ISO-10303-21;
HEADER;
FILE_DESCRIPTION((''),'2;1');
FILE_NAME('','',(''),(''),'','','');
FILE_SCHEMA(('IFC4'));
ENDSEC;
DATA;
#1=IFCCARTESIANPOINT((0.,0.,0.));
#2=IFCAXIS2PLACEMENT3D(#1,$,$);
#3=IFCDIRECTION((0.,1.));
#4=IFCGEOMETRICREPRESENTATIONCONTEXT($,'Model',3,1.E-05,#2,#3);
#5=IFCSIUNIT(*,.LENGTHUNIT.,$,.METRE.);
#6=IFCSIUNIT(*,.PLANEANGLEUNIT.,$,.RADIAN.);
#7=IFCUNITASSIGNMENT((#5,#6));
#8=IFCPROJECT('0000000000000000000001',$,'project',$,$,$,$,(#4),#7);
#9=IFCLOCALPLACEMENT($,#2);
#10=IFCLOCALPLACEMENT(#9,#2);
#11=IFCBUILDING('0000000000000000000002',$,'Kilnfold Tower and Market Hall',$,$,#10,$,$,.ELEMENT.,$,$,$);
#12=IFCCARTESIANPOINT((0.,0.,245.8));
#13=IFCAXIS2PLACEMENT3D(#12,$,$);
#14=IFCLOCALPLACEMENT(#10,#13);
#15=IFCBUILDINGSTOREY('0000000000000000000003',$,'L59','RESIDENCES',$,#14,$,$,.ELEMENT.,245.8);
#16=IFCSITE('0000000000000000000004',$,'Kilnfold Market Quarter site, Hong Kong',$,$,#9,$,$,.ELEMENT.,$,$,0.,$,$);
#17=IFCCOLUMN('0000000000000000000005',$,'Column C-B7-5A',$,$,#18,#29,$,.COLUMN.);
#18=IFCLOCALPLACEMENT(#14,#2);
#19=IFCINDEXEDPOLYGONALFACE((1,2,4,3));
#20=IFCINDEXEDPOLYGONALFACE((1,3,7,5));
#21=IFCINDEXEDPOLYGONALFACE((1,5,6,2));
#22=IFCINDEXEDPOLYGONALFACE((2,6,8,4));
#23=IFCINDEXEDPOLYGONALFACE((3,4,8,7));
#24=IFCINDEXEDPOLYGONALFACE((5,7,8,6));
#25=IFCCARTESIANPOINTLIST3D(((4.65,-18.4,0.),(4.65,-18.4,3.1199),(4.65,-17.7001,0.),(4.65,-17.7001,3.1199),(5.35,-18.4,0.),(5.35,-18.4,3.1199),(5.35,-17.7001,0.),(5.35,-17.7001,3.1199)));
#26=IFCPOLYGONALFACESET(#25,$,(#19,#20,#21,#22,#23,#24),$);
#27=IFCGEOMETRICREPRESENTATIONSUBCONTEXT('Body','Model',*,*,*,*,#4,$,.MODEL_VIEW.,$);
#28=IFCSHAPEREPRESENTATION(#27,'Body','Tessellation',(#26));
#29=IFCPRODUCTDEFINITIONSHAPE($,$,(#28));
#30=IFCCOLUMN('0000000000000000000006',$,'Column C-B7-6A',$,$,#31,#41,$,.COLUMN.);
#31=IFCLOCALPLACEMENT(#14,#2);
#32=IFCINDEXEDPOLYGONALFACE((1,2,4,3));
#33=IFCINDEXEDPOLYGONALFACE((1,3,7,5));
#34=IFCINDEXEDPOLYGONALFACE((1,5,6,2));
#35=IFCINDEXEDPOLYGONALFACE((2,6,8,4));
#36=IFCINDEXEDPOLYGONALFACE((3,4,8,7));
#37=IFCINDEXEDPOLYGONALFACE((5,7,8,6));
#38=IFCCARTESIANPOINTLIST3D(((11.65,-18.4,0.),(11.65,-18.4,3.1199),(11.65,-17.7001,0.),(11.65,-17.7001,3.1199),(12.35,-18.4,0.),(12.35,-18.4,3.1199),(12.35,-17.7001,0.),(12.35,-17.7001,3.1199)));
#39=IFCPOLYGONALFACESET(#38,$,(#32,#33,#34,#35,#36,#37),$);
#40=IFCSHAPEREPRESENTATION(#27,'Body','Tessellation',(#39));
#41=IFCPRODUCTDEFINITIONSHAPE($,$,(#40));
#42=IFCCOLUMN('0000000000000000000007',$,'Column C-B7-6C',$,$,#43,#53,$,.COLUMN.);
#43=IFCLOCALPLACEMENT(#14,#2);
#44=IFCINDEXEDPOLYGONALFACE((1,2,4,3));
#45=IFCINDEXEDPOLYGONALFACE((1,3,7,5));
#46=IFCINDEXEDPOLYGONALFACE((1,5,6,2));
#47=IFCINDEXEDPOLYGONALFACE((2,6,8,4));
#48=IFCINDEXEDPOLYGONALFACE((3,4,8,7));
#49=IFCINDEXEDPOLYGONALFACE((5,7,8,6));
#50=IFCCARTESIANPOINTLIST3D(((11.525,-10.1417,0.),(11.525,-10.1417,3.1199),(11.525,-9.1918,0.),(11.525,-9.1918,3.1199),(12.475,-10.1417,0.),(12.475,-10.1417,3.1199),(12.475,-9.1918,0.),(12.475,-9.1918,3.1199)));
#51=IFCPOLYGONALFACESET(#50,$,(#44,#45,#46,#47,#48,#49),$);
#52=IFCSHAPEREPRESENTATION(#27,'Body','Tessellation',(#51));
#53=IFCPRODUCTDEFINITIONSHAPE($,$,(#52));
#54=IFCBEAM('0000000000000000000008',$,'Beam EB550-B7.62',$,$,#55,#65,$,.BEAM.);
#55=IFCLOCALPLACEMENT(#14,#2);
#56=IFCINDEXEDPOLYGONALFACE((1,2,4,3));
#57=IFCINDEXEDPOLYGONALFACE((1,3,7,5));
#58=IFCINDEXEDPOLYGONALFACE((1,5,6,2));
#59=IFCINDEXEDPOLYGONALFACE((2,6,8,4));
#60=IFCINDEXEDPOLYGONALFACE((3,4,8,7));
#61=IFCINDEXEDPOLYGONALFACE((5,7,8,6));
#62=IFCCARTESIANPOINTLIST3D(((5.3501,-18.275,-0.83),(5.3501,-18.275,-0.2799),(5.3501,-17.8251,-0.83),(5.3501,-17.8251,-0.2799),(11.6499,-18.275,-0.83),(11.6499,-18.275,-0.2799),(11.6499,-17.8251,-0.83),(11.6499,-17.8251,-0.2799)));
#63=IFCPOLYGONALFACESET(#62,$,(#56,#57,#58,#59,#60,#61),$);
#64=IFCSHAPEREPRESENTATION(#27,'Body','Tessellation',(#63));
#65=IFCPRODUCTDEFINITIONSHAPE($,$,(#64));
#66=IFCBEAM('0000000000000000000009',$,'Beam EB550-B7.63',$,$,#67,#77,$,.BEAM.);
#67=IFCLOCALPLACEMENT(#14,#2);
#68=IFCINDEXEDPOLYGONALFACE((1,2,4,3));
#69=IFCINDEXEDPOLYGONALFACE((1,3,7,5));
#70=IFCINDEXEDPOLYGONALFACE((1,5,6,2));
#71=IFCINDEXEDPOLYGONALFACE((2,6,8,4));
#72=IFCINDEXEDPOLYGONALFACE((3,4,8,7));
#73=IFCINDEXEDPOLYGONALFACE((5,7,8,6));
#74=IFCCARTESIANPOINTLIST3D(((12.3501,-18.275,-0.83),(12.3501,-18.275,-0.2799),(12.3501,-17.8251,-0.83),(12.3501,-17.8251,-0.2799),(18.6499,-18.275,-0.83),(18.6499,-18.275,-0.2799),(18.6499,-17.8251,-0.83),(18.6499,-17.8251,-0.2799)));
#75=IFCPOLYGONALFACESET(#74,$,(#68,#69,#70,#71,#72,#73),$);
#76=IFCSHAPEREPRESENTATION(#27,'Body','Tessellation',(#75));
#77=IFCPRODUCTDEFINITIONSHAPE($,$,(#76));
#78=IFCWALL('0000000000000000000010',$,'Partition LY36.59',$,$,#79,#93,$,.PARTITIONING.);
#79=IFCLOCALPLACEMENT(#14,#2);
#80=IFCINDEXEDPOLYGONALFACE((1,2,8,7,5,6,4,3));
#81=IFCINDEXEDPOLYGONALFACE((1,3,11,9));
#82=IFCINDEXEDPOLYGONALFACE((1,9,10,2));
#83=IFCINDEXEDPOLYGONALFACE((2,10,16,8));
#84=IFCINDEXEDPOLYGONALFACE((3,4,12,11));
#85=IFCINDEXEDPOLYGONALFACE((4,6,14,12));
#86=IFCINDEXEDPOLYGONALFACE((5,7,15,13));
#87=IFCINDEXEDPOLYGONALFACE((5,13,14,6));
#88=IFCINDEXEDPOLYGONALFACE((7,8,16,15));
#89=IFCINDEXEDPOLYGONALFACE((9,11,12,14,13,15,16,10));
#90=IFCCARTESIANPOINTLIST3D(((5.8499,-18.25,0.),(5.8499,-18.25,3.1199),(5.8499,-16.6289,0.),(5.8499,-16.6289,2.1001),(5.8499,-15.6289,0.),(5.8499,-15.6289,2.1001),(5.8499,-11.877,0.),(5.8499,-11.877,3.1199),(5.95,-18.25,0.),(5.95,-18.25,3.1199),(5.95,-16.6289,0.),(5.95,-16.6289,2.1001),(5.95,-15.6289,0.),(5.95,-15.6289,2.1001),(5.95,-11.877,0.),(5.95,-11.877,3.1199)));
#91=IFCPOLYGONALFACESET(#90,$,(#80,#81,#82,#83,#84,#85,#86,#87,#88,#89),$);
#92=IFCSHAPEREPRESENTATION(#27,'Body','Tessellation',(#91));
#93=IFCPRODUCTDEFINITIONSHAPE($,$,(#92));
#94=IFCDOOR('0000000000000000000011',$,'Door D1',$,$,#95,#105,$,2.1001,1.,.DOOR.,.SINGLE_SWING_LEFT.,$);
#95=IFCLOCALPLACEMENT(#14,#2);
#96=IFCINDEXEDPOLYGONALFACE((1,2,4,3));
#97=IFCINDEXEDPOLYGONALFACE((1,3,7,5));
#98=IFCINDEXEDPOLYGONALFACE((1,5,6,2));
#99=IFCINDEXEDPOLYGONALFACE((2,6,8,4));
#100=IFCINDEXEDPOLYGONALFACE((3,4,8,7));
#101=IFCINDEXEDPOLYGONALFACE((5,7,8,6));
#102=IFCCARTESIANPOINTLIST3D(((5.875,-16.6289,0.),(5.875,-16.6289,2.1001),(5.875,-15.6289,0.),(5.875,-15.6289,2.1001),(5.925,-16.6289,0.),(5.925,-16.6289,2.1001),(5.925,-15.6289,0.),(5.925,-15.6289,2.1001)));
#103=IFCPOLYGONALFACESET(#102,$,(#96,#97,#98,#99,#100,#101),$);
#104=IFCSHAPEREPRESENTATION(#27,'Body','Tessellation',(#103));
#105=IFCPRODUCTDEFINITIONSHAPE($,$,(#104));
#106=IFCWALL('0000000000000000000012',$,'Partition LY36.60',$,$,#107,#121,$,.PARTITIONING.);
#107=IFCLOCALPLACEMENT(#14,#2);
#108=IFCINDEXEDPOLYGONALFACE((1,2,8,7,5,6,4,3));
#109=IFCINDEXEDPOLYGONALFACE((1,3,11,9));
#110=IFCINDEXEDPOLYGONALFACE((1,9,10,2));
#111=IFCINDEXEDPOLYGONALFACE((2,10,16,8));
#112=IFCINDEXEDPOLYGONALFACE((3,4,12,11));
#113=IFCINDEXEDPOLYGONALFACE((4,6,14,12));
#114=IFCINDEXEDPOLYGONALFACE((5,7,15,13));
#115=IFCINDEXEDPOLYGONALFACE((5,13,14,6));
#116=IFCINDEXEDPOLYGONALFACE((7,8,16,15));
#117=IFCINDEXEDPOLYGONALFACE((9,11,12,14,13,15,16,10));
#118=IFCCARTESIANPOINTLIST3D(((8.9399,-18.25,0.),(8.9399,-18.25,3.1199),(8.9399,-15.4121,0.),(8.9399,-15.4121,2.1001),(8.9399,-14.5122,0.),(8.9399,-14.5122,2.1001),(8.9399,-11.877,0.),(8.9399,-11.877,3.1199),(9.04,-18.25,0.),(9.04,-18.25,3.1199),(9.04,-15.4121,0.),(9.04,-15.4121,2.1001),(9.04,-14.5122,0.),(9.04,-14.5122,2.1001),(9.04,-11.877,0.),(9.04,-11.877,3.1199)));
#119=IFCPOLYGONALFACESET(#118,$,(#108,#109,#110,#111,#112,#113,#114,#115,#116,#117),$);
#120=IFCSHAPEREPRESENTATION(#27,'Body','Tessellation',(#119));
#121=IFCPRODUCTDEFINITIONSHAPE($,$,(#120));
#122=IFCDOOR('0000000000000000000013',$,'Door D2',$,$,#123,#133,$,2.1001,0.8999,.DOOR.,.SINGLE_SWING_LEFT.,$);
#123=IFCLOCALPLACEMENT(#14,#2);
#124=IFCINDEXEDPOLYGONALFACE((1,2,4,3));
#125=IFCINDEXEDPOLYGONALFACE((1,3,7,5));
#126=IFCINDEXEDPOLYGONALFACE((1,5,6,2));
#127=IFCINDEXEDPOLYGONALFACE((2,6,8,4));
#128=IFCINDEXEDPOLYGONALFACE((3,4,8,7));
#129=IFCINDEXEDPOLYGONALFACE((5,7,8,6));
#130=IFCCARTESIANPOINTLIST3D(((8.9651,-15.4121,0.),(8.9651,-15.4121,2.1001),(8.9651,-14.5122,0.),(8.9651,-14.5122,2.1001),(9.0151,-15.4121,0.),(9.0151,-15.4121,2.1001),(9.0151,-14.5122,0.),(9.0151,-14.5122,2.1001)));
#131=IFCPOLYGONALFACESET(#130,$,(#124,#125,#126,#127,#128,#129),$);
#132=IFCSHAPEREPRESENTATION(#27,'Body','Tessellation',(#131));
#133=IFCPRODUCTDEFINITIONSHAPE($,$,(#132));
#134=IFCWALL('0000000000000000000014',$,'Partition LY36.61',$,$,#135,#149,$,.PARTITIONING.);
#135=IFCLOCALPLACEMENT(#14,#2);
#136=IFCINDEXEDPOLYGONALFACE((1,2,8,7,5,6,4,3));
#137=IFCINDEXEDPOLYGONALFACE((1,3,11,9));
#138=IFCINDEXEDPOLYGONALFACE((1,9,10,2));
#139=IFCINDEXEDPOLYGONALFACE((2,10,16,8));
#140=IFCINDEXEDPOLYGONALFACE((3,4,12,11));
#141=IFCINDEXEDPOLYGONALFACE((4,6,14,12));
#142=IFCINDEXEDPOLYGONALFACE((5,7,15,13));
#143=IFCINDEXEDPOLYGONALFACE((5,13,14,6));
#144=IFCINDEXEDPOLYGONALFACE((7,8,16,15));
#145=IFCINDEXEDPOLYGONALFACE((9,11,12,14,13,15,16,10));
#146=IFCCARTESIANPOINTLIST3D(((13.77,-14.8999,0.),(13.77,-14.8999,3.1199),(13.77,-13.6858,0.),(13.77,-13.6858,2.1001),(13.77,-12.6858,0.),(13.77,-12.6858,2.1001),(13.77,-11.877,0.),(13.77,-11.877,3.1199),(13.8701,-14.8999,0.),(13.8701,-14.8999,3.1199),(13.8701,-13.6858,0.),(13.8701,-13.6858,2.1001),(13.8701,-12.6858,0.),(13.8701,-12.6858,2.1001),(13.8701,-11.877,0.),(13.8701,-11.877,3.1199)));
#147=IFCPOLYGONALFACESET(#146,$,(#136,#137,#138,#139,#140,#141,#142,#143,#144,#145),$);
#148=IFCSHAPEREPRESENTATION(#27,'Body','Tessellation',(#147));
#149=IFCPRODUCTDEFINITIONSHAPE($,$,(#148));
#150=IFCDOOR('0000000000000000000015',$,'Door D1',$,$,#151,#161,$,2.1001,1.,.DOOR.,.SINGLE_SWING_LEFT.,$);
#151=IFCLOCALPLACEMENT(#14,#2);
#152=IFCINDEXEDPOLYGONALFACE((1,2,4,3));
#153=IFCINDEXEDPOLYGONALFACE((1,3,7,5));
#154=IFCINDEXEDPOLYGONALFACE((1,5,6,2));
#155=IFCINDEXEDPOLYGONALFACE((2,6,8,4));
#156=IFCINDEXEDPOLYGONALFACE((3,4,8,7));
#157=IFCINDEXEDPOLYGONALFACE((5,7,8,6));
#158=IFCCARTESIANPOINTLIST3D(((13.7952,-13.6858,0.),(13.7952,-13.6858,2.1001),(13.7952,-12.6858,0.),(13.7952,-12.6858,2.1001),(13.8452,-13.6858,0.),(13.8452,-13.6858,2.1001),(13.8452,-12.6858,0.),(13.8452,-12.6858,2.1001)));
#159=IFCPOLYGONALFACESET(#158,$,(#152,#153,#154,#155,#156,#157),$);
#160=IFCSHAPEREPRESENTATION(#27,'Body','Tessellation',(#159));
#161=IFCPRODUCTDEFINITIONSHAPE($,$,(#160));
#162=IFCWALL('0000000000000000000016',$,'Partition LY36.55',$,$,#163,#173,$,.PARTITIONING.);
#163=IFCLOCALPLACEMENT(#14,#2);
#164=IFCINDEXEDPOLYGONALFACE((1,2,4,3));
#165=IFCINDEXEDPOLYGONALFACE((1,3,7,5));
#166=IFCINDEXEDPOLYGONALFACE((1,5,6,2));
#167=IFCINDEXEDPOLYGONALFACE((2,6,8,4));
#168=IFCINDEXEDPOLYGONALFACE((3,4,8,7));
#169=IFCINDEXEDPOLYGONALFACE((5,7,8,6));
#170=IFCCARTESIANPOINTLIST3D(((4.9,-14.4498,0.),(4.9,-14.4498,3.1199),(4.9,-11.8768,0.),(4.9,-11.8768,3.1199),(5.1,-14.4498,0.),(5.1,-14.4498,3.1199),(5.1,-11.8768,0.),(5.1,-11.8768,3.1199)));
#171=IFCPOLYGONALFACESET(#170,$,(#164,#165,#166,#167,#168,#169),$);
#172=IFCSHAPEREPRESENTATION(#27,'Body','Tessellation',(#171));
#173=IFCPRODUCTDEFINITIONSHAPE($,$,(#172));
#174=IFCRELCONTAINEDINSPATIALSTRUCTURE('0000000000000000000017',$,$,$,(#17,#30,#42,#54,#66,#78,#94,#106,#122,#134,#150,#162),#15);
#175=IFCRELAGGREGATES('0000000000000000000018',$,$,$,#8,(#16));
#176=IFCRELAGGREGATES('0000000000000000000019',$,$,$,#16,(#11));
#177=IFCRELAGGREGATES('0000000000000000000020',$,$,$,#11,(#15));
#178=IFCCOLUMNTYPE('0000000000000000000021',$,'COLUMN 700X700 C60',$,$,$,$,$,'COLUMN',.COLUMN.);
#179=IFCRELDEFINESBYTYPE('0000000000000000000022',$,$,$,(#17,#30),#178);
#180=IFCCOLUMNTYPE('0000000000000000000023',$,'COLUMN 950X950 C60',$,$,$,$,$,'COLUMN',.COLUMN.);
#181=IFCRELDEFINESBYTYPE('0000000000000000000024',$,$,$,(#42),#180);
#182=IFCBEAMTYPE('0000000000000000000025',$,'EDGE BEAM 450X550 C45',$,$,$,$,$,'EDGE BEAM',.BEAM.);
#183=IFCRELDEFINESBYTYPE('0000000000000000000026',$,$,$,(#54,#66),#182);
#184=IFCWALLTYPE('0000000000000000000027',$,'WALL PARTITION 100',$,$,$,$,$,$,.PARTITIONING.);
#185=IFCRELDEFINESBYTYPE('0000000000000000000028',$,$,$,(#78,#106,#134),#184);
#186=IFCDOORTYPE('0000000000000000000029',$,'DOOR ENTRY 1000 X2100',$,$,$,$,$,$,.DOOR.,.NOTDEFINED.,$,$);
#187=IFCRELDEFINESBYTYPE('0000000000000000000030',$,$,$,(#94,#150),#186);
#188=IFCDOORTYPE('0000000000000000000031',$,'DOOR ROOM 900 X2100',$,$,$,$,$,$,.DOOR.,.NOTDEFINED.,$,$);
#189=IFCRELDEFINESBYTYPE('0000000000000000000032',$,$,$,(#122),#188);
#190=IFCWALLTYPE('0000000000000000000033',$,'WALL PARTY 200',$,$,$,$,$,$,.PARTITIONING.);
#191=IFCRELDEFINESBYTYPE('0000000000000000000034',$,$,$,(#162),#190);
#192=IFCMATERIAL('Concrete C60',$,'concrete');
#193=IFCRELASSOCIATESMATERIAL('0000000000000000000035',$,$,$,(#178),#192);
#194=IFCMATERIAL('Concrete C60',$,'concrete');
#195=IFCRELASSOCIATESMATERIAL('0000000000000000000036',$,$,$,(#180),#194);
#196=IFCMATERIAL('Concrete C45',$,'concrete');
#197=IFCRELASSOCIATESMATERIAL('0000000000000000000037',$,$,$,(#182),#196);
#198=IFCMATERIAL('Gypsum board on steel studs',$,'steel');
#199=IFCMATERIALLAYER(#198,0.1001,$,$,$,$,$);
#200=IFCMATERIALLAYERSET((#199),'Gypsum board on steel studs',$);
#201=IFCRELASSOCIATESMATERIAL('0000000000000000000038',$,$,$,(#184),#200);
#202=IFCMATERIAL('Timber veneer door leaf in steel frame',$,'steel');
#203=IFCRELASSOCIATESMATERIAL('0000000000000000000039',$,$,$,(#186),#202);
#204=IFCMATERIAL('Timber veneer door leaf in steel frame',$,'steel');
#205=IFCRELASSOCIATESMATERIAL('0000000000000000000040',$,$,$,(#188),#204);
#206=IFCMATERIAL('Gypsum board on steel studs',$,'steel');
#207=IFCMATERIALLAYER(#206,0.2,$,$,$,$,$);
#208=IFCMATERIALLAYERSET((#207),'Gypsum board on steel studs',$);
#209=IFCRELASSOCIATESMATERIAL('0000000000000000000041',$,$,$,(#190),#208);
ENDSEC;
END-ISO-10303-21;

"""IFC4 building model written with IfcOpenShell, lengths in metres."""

from ifc_helpers import new_model, si_unit, direction, frame, frame_2d, origin, origin_2d, place, context, subcontext, project, spatial, rectangle, extrude, source, transform, mapped, material, layer, layer_set, material_profile, profile_set, type_object, element, fill, save


model = new_model("IFC4")

# Units and contexts
model_context = context("Model", 3, precision=1e-05, world=origin(), true_north=direction((0.0, 1.0)))
body_context = subcontext(model_context, "Body", "Model", "MODEL_VIEW")
ifc_project = project(units=[si_unit("LENGTHUNIT", "METRE"), si_unit("PLANEANGLEUNIT", "RADIAN")], contexts=[model_context])

# Site, building, storey
site_placement = place(None, origin())
site = spatial("IfcSite", under=ifc_project, at=site_placement, Name="Kilnfold Market Quarter site, Hong Kong", CompositionType="ELEMENT", RefElevation=0.0)
building_placement = place(site_placement, origin())
building = spatial("IfcBuilding", under=site, at=building_placement, Name="Kilnfold Tower and Market Hall", CompositionType="ELEMENT")
storey_placement = place(building_placement, frame((0.0, 0.0, 245.8)))
storey = spatial("IfcBuildingStorey", under=building, at=storey_placement, Name="L59", Description="RESIDENCES", CompositionType="ELEMENT", Elevation=245.8)

# Columns
ifc_material_1 = material(Name="Concrete C60", Category="concrete")
ifc_material_profile_1 = material_profile(ifc_material_1, rectangle(XDim=0.7, YDim=0.7, at=origin_2d()), Name="RC 700x700")
ifc_profile_set_1 = profile_set([ifc_material_profile_1], Name="Concrete C60")
column_type_1 = type_object("IfcColumnType", Name="COLUMN 700X700 C60", ElementType="COLUMN", PredefinedType="COLUMN", material=ifc_profile_set_1)
shared_shape_1 = source(origin(), body_context, "Body", "SweptSolid", [
    extrude(rectangle(XDim=0.7, YDim=0.7, at=origin_2d()), origin(), (0.0, 0.0, 1.0), 3.1199),
])
for number, where, z_axis, x_axis, name in (
    (1, (5.0, -18.05, 0.0), (0.0, 0.0, 1.0), (1.0, 0.0, 0.0), "Column C-B7-5A"),
    (2, (12.0, -18.05, 0.0), (0.0, 0.0, 1.0), (1.0, 0.0, 0.0), "Column C-B7-6A"),
):
    element("IfcColumn", number, at=place(storey_placement, frame(where, z_axis=z_axis, x_axis=x_axis)), inside=storey, type_object=column_type_1, Name=name, PredefinedType="COLUMN", context=body_context, shape_type="MappedRepresentation", body=[
        mapped(shared_shape_1, transform((0.0, 0.0, 0.0))),
    ])
ifc_material_2 = material(Name="Concrete C60", Category="concrete")
ifc_material_profile_2 = material_profile(ifc_material_2, rectangle(XDim=0.95, YDim=0.95, at=origin_2d()), Name="RC 950x950")
ifc_profile_set_2 = profile_set([ifc_material_profile_2], Name="Concrete C60")
column_type_2 = type_object("IfcColumnType", Name="COLUMN 950X950 C60", ElementType="COLUMN", PredefinedType="COLUMN", material=ifc_profile_set_2)
shared_shape_2 = source(origin(), body_context, "Body", "SweptSolid", [
    extrude(rectangle(XDim=0.95, YDim=0.95, at=origin_2d()), origin(), (0.0, 0.0, 1.0), 3.1199),
])
column_placement = place(storey_placement, frame((12.0, -9.6667, 0.0), z_axis=(0.0, 0.0, 1.0), x_axis=(1.0, 0.0, 0.0)))
element("IfcColumn", 3, at=column_placement, inside=storey, type_object=column_type_2, Name="Column C-B7-6C", PredefinedType="COLUMN", context=body_context, shape_type="MappedRepresentation", body=[
    mapped(shared_shape_2, transform((0.0, 0.0, 0.0))),
])

# Beams
ifc_material_3 = material(Name="Concrete C45", Category="concrete")
ifc_material_profile_3 = material_profile(ifc_material_3, rectangle(XDim=0.45, YDim=0.55, at=origin_2d()), Name="RC 450x550")
ifc_profile_set_3 = profile_set([ifc_material_profile_3], Name="Concrete C45")
beam_type = type_object("IfcBeamType", Name="EDGE BEAM 450X550 C45", ElementType="EDGE BEAM", PredefinedType="BEAM", material=ifc_profile_set_3)
shared_shape_3 = source(origin(), body_context, "Body", "SweptSolid", [
    extrude(rectangle(XDim=0.45, YDim=0.55, at=origin_2d()), origin(), (0.0, 0.0, 1.0), 6.2998),
])
for number, where, z_axis, x_axis, name in (
    (4, (5.3501, -18.05, -0.5549), (1.0, 0.0, 0.0), (0.0, 1.0, 0.0), "Beam EB550-B7.62"),
    (5, (12.3501, -18.05, -0.5549), (1.0, 0.0, 0.0), (0.0, 1.0, 0.0), "Beam EB550-B7.63"),
):
    element("IfcBeam", number, at=place(storey_placement, frame(where, z_axis=z_axis, x_axis=x_axis)), inside=storey, type_object=beam_type, Name=name, PredefinedType="BEAM", context=body_context, shape_type="MappedRepresentation", body=[
        mapped(shared_shape_3, transform((0.0, 0.0, 0.0))),
    ])

# Walls, openings, doors
ifc_material_4 = material(Name="Gypsum board on steel studs", Category="steel")
ifc_layer_1 = layer(ifc_material_4, 0.1001)
ifc_layer_set_1 = layer_set([ifc_layer_1], Name="Gypsum board on steel studs")
wall_type_1 = type_object("IfcWallType", Name="WALL PARTITION 100", PredefinedType="PARTITIONING", material=ifc_layer_set_1)
wall_1_placement = place(storey_placement, frame((5.8999, -18.25, 0.0), z_axis=(0.0, 0.0, 1.0), x_axis=(0.0, 1.0, 0.0)))
wall_1 = element("IfcWall", 6, at=wall_1_placement, inside=storey, type_object=wall_type_1, Name="Partition LY36.59", PredefinedType="PARTITIONING", context=body_context, shape_type="SweptSolid", body=[
    extrude(rectangle(XDim=6.373, YDim=0.1001, at=frame_2d((3.1865, 0.0))), origin(), (0.0, 0.0, 1.0), 3.1199),
])
opening_1_placement = place(wall_1_placement, frame((1.6211, 0.0, 0.0)))
opening_1 = element("IfcOpeningElement", 7, at=opening_1_placement, cuts=wall_1, PredefinedType="OPENING", context=body_context, shape_type="SweptSolid", body=[
    extrude(rectangle(XDim=1.0, YDim=2.1001, at=frame_2d((0.5, 1.05))), frame((0.0, 0.0601, 0.0), z_axis=(0.0, -1.0, 0.0), x_axis=(1.0, 0.0, 0.0)), (0.0, 0.0, 1.0), 0.1201),
])
ifc_material_5 = material(Name="Timber veneer door leaf in steel frame", Category="steel")
door_type_1 = type_object("IfcDoorType", Name="DOOR ENTRY 1000 X2100", OperationType="NOTDEFINED", PredefinedType="DOOR", material=ifc_material_5)
door_1_placement = place(opening_1_placement, origin())
door_1 = element("IfcDoor", 8, at=door_1_placement, inside=storey, type_object=door_type_1, Name="Door D1", OperationType="SINGLE_SWING_LEFT", OverallHeight=2.1001, OverallWidth=1.0, PredefinedType="DOOR", context=body_context, shape_type="SweptSolid", body=[
    extrude(rectangle(XDim=1.0, YDim=2.1001, at=frame_2d((0.5, 1.05))), frame((0.0, 0.0249, 0.0), z_axis=(0.0, -1.0, 0.0), x_axis=(1.0, 0.0, 0.0)), (0.0, 0.0, 1.0), 0.05),
])
fill(opening_1, door_1)
wall_2_placement = place(storey_placement, frame((8.99, -18.25, 0.0), z_axis=(0.0, 0.0, 1.0), x_axis=(0.0, 1.0, 0.0)))
wall_2 = element("IfcWall", 9, at=wall_2_placement, inside=storey, type_object=wall_type_1, Name="Partition LY36.60", PredefinedType="PARTITIONING", context=body_context, shape_type="SweptSolid", body=[
    extrude(rectangle(XDim=6.373, YDim=0.1001, at=frame_2d((3.1865, 0.0))), origin(), (0.0, 0.0, 1.0), 3.1199),
])
opening_2_placement = place(wall_2_placement, frame((2.8379, 0.0, 0.0)))
opening_2 = element("IfcOpeningElement", 10, at=opening_2_placement, cuts=wall_2, PredefinedType="OPENING", context=body_context, shape_type="SweptSolid", body=[
    extrude(rectangle(XDim=0.8999, YDim=2.1001, at=frame_2d((0.45, 1.05))), frame((0.0, 0.0601, 0.0), z_axis=(0.0, -1.0, 0.0), x_axis=(1.0, 0.0, 0.0)), (0.0, 0.0, 1.0), 0.1201),
])
ifc_material_6 = material(Name="Timber veneer door leaf in steel frame", Category="steel")
door_type_2 = type_object("IfcDoorType", Name="DOOR ROOM 900 X2100", OperationType="NOTDEFINED", PredefinedType="DOOR", material=ifc_material_6)
door_2_placement = place(opening_2_placement, origin())
door_2 = element("IfcDoor", 11, at=door_2_placement, inside=storey, type_object=door_type_2, Name="Door D2", OperationType="SINGLE_SWING_LEFT", OverallHeight=2.1001, OverallWidth=0.8999, PredefinedType="DOOR", context=body_context, shape_type="SweptSolid", body=[
    extrude(rectangle(XDim=0.8999, YDim=2.1001, at=frame_2d((0.45, 1.05))), frame((0.0, 0.0249, 0.0), z_axis=(0.0, -1.0, 0.0), x_axis=(1.0, 0.0, 0.0)), (0.0, 0.0, 1.0), 0.05),
])
fill(opening_2, door_2)
wall_3_placement = place(storey_placement, frame((13.8201, -14.8999, 0.0), z_axis=(0.0, 0.0, 1.0), x_axis=(0.0, 1.0, 0.0)))
wall_3 = element("IfcWall", 12, at=wall_3_placement, inside=storey, type_object=wall_type_1, Name="Partition LY36.61", PredefinedType="PARTITIONING", context=body_context, shape_type="SweptSolid", body=[
    extrude(rectangle(XDim=3.0229, YDim=0.1001, at=frame_2d((1.5115, 0.0))), origin(), (0.0, 0.0, 1.0), 3.1199),
])
opening_3_placement = place(wall_3_placement, frame((1.2141, 0.0, 0.0)))
opening_3 = element("IfcOpeningElement", 13, at=opening_3_placement, cuts=wall_3, PredefinedType="OPENING", context=body_context, shape_type="SweptSolid", body=[
    extrude(rectangle(XDim=1.0, YDim=2.1001, at=frame_2d((0.5, 1.05))), frame((0.0, 0.0601, 0.0), z_axis=(0.0, -1.0, 0.0), x_axis=(1.0, 0.0, 0.0)), (0.0, 0.0, 1.0), 0.1201),
])
door_3_placement = place(opening_3_placement, origin())
door_3 = element("IfcDoor", 14, at=door_3_placement, inside=storey, type_object=door_type_1, Name="Door D1", OperationType="SINGLE_SWING_LEFT", OverallHeight=2.1001, OverallWidth=1.0, PredefinedType="DOOR", context=body_context, shape_type="SweptSolid", body=[
    extrude(rectangle(XDim=1.0, YDim=2.1001, at=frame_2d((0.5, 1.05))), frame((0.0, 0.0249, 0.0), z_axis=(0.0, -1.0, 0.0), x_axis=(1.0, 0.0, 0.0)), (0.0, 0.0, 1.0), 0.05),
])
fill(opening_3, door_3)

# Wall
ifc_material_7 = material(Name="Gypsum board on steel studs", Category="steel")
ifc_layer_2 = layer(ifc_material_7, 0.2)
ifc_layer_set_2 = layer_set([ifc_layer_2], Name="Gypsum board on steel studs")
wall_type_2 = type_object("IfcWallType", Name="WALL PARTY 200", PredefinedType="PARTITIONING", material=ifc_layer_set_2)
wall_4_placement = place(storey_placement, frame((5.0, -14.45, 0.0), z_axis=(0.0, 0.0, 1.0), x_axis=(0.0, 1.0, 0.0)))
element("IfcWall", 15, at=wall_4_placement, inside=storey, type_object=wall_type_2, Name="Partition LY36.55", PredefinedType="PARTITIONING", context=body_context, shape_type="SweptSolid", body=[
    extrude(rectangle(XDim=2.573, YDim=0.2, at=frame_2d((1.2866, 0.0))), origin(), (0.0, 0.0, 1.0), 3.1199),
])

save(model, "model.ifc")
